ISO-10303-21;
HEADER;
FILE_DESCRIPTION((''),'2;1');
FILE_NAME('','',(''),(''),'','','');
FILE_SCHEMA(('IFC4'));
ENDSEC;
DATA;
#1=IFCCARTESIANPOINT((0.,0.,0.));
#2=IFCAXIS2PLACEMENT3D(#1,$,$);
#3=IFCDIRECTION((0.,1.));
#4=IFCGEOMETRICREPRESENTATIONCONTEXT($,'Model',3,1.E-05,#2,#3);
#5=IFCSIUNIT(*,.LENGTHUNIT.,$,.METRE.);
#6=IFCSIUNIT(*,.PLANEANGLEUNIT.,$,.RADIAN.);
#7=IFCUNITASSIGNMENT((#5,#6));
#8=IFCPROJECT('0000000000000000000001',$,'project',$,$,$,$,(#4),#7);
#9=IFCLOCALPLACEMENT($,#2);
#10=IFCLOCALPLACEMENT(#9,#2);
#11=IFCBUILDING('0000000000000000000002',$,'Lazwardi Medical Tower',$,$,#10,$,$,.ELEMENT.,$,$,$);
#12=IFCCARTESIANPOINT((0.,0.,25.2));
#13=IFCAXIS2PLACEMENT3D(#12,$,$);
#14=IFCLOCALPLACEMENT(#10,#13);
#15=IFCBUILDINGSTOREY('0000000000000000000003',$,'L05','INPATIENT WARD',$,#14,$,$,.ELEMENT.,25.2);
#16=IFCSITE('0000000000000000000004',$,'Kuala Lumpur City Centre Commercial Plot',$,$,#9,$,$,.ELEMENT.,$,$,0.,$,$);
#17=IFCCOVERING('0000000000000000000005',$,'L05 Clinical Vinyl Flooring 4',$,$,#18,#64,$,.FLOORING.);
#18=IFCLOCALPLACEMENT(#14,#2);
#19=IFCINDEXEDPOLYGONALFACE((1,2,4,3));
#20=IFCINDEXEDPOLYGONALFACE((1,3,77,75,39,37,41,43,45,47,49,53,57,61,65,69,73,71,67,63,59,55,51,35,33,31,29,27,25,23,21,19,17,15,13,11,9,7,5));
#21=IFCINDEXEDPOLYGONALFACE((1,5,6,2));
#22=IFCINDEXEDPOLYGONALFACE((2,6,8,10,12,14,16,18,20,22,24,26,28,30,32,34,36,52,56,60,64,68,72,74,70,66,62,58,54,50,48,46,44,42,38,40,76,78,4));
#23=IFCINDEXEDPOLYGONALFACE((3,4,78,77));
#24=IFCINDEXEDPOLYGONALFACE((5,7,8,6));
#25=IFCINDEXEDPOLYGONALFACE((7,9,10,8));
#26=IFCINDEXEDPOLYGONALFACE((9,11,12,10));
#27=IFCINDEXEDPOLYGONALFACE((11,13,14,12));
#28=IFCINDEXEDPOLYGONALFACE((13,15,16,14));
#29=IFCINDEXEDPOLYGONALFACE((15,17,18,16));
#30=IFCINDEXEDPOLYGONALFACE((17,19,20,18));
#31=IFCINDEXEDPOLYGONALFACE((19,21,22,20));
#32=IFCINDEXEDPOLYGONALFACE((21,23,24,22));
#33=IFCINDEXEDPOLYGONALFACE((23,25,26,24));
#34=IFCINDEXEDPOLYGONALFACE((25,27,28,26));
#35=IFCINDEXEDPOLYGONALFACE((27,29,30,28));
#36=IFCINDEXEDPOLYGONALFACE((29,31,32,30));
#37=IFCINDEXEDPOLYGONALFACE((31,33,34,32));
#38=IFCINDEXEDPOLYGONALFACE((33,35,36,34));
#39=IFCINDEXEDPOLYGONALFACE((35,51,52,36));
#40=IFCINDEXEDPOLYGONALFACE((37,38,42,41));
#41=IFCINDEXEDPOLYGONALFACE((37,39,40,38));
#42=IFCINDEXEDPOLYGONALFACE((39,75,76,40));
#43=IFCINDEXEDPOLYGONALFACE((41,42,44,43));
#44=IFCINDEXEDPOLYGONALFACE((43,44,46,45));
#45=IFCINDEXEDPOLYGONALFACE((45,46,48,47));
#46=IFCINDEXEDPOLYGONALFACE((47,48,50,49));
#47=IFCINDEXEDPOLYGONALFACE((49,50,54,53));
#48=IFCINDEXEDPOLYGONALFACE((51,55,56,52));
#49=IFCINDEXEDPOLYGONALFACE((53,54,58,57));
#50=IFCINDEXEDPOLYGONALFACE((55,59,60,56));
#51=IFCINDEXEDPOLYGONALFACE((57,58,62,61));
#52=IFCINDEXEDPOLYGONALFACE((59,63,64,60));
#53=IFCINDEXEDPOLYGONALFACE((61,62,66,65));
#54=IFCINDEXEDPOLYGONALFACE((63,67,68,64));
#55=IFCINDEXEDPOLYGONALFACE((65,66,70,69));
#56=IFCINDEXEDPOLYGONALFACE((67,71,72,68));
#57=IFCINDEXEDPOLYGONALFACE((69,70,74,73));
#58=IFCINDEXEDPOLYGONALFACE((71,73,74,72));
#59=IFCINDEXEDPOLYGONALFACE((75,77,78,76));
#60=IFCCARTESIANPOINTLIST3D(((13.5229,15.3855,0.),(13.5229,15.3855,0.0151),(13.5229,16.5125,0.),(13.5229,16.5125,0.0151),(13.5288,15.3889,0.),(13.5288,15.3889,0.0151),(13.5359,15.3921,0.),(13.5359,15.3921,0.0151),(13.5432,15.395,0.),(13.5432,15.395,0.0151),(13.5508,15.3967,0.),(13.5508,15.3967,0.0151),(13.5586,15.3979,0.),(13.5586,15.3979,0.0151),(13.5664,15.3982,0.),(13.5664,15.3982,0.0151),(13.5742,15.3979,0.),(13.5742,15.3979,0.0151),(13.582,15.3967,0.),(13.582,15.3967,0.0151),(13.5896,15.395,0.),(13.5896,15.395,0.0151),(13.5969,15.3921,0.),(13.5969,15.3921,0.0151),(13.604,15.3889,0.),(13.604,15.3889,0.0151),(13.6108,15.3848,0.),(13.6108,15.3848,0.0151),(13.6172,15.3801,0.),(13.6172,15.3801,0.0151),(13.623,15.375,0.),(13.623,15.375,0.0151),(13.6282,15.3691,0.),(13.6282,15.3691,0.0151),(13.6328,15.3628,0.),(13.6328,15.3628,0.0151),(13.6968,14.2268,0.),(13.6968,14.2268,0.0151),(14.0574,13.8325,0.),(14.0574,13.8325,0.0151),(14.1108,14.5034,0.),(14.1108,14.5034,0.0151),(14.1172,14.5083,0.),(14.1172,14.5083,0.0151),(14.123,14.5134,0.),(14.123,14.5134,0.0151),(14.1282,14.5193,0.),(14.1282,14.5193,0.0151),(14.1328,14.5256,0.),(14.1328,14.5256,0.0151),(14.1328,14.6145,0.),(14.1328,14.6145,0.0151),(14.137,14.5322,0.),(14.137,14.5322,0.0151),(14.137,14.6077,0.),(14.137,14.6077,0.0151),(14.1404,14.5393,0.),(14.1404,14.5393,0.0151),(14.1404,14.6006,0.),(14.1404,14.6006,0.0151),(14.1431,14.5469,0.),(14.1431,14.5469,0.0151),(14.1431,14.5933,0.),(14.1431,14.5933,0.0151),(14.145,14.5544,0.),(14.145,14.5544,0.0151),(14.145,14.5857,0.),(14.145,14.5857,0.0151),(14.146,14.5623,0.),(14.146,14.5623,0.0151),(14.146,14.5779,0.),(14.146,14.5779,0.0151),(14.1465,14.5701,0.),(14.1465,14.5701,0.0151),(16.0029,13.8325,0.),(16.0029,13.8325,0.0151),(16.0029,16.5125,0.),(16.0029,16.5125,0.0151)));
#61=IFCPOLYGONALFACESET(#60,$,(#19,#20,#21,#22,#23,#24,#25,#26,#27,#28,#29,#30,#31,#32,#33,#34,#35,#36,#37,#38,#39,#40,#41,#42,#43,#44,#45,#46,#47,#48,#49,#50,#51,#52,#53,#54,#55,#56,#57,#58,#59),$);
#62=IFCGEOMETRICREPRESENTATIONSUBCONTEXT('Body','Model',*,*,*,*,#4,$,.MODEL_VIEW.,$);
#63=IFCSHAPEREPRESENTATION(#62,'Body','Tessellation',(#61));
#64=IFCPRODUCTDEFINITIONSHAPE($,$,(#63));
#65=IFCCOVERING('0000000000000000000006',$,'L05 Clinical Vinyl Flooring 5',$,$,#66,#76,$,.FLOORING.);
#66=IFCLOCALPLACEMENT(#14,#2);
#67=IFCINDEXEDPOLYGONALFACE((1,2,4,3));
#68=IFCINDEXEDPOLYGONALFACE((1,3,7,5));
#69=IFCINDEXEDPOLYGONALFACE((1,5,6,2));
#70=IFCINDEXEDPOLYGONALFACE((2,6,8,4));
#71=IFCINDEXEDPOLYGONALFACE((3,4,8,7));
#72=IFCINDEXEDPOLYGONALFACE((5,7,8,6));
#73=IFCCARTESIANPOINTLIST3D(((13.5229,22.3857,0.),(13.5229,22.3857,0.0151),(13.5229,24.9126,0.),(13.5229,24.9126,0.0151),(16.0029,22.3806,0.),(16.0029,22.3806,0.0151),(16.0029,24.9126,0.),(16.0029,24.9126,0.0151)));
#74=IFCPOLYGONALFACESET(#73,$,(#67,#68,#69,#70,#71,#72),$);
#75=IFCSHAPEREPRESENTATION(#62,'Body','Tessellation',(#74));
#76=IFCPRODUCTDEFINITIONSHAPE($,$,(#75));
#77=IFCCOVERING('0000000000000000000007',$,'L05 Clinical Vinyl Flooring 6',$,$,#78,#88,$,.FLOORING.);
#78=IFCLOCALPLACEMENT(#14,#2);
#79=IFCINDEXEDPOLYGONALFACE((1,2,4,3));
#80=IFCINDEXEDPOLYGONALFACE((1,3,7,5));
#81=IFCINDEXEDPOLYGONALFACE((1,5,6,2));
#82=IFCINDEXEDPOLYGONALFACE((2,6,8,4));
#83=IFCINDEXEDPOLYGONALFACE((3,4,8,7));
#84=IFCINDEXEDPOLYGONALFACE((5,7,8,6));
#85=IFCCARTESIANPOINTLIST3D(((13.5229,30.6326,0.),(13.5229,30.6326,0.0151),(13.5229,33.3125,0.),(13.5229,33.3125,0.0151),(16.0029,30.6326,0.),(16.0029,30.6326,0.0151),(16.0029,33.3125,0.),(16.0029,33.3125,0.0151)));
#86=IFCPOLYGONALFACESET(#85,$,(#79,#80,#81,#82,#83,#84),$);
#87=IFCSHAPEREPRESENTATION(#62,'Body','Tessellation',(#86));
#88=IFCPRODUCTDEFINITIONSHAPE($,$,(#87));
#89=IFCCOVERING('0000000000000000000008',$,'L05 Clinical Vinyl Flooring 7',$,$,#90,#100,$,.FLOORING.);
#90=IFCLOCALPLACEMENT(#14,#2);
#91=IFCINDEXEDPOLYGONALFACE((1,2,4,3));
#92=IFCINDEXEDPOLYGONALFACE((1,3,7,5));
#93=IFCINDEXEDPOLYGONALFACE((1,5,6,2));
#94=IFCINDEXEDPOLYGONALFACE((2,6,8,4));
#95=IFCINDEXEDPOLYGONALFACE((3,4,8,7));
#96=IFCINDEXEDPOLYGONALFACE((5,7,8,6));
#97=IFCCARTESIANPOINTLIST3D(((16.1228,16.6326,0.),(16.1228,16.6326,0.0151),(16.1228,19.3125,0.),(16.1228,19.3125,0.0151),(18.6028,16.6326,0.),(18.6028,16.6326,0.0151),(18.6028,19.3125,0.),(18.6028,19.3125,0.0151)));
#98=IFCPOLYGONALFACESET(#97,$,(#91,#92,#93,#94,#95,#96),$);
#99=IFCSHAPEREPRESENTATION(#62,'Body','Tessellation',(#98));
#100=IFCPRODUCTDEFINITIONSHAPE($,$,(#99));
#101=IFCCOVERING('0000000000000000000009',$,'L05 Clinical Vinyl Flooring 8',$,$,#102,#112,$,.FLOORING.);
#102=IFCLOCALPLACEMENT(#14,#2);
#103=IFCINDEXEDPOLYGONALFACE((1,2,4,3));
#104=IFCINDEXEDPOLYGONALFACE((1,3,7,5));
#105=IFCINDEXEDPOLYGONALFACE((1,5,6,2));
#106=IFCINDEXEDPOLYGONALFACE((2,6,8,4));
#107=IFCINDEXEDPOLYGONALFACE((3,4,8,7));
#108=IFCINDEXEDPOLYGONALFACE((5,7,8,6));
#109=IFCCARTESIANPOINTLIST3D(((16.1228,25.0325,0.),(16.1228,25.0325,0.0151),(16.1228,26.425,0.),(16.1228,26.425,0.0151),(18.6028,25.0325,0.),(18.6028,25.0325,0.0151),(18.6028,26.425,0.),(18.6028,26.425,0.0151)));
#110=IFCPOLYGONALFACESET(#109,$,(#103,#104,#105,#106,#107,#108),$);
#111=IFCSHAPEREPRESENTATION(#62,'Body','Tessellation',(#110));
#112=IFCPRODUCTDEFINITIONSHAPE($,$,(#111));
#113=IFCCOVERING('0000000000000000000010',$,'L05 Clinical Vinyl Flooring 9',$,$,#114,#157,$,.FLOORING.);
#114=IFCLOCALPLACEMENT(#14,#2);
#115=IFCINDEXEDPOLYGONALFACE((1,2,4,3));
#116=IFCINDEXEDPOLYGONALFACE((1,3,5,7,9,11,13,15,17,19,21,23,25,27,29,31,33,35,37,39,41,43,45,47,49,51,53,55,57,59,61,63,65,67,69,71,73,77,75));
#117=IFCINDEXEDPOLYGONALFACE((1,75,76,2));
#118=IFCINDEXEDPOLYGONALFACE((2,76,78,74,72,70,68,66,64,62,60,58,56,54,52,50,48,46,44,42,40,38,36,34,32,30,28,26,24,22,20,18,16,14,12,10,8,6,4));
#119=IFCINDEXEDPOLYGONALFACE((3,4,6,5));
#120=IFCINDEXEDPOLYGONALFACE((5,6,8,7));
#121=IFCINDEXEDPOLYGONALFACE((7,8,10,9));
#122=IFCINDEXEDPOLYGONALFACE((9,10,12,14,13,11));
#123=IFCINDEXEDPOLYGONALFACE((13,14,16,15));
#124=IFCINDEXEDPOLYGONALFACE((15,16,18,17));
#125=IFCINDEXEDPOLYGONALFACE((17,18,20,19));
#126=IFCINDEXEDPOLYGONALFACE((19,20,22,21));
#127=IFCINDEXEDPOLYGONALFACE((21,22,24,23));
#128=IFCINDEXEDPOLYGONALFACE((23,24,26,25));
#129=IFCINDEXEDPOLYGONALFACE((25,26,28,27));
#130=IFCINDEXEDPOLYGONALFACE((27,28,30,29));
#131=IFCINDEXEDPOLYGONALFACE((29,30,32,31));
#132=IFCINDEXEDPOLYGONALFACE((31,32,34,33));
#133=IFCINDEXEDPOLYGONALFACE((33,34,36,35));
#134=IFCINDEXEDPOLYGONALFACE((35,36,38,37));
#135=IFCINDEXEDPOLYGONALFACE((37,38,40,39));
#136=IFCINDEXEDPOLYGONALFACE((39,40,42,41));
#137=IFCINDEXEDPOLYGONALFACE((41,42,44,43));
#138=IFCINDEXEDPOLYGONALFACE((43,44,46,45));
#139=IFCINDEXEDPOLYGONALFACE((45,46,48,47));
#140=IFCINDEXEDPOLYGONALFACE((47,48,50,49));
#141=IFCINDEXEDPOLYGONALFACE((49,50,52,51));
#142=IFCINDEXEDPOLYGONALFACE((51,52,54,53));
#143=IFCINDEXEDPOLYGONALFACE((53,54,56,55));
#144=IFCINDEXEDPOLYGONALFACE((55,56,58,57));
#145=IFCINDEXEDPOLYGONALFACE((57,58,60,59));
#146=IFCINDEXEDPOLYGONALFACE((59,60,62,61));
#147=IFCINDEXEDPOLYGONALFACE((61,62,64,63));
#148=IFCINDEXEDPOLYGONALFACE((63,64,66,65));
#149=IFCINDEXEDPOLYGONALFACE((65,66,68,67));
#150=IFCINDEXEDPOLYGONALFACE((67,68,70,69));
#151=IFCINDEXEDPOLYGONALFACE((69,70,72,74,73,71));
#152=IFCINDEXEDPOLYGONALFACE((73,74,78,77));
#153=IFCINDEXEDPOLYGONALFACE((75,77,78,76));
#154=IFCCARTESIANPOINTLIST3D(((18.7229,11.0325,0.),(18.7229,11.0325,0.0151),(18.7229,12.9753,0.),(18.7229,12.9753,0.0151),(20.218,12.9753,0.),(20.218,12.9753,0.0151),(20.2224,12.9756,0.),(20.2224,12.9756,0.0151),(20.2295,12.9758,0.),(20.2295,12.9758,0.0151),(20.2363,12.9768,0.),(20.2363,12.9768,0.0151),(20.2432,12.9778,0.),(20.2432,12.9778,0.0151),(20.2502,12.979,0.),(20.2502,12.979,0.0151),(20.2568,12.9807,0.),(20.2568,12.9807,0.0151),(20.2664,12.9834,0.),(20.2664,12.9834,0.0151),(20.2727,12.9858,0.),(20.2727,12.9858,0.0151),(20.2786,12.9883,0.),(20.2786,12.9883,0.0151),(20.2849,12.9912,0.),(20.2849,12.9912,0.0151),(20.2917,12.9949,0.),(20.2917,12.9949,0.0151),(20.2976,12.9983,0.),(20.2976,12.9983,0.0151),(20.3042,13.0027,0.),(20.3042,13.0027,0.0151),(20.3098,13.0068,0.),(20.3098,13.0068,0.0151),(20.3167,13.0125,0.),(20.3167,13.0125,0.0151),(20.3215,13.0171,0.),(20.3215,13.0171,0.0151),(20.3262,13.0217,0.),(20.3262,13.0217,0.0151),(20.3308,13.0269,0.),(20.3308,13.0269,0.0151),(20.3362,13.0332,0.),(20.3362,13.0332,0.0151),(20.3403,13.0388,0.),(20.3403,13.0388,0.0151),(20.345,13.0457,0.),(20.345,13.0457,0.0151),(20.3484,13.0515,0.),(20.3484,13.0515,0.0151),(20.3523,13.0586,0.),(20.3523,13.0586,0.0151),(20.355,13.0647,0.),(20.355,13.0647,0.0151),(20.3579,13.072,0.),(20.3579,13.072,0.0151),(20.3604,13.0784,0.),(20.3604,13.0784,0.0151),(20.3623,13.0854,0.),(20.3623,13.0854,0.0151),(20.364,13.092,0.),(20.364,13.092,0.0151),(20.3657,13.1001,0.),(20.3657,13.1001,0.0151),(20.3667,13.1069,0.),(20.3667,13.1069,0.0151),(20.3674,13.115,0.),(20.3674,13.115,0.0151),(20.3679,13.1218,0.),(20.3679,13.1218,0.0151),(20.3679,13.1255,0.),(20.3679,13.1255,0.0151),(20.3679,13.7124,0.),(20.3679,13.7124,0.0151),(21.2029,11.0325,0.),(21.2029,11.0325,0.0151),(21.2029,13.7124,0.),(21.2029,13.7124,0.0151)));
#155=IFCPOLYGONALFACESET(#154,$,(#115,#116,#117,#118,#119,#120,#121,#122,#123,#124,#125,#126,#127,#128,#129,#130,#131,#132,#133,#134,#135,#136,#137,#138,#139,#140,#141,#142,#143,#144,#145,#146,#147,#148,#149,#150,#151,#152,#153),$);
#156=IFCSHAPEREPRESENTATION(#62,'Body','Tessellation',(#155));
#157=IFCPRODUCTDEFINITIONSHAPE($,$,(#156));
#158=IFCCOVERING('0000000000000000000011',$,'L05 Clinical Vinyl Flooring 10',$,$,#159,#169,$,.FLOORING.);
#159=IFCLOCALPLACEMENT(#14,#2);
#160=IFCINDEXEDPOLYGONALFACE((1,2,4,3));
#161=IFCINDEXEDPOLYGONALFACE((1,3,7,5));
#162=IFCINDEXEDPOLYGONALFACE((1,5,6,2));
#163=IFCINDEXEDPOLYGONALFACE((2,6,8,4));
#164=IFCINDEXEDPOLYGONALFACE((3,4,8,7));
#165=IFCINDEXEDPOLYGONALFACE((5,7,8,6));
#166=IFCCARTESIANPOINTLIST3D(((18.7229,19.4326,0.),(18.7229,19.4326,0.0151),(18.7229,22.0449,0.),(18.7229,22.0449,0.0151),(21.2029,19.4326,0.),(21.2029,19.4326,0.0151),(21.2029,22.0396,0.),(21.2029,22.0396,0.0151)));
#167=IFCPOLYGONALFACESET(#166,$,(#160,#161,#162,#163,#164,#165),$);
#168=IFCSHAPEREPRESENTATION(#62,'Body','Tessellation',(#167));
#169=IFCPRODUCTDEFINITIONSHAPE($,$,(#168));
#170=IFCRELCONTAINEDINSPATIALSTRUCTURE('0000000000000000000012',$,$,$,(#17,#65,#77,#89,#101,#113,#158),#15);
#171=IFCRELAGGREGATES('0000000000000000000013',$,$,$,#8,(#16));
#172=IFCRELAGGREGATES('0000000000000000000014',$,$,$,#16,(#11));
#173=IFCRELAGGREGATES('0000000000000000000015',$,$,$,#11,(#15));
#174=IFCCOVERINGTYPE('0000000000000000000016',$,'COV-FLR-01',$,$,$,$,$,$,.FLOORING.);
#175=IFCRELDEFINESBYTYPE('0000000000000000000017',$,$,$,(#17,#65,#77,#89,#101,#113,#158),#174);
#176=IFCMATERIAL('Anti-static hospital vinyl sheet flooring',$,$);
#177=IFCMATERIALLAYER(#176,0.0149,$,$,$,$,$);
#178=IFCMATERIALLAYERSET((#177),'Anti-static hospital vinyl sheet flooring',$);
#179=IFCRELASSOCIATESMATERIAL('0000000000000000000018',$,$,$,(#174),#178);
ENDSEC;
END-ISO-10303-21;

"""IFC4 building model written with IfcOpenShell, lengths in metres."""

from ifc_helpers import new_model, si_unit, direction, frame, origin, place, context, subcontext, project, spatial, polyline, outline, extrude, material, layer, layer_set, type_object, element, save


model = new_model("IFC4")

# Units and contexts
model_context = context("Model", 3, precision=1e-05, world=origin(), true_north=direction((0.0, 1.0)))
body_context = subcontext(model_context, "Body", "Model", "MODEL_VIEW")
ifc_project = project(units=[si_unit("LENGTHUNIT", "METRE"), si_unit("PLANEANGLEUNIT", "RADIAN")], contexts=[model_context])

# Site, building, storey
site_placement = place(None, origin())
site = spatial("IfcSite", under=ifc_project, at=site_placement, Name="Kuala Lumpur City Centre Commercial Plot", CompositionType="ELEMENT", RefElevation=0.0)
building_placement = place(site_placement, origin())
building = spatial("IfcBuilding", under=site, at=building_placement, Name="Lazwardi Medical Tower", CompositionType="ELEMENT")
storey_placement = place(building_placement, frame((0.0, 0.0, 25.2)))
storey = spatial("IfcBuildingStorey", under=building, at=storey_placement, Name="L05", Description="INPATIENT WARD", CompositionType="ELEMENT", Elevation=25.2)

# Coverings
ifc_material_1 = material(Name="Anti-static hospital vinyl sheet flooring")
ifc_layer_1 = layer(ifc_material_1, 0.0149)
ifc_layer_set_1 = layer_set([ifc_layer_1], Name="Anti-static hospital vinyl sheet flooring")
covering_type_1 = type_object("IfcCoveringType", Name="COV-FLR-01", PredefinedType="FLOORING", material=ifc_layer_set_1)
covering_1_placement = place(storey_placement, origin())
element("IfcCovering", 1, at=covering_1_placement, inside=storey, type_object=covering_type_1, Name="L05 Clinical Vinyl Flooring 4", PredefinedType="FLOORING", context=body_context, shape_type="SweptSolid", body=[
    extrude(outline(polyline([(13.5229, 15.3855), (13.5288, 15.3889), (13.5359, 15.3921), (13.5432, 15.395), (13.5508, 15.3967), (13.5586, 15.3979), (13.5664, 15.3982), (13.5742, 15.3979), (13.582, 15.3967), (13.5896, 15.395), (13.5969, 15.3921), (13.604, 15.3889), (13.6108, 15.3848), (13.6172, 15.3801), (13.623, 15.375), (13.6282, 15.3691), (13.6328, 15.3628), (14.1328, 14.6145), (14.137, 14.6077), (14.1404, 14.6006), (14.1431, 14.5933), (14.145, 14.5857), (14.146, 14.5779), (14.1465, 14.5701), (14.146, 14.5623), (14.145, 14.5544), (14.1431, 14.5469), (14.1404, 14.5393), (14.137, 14.5322), (14.1328, 14.5256), (14.1282, 14.5193), (14.123, 14.5134), (14.1172, 14.5083), (14.1108, 14.5034), (13.6968, 14.2268), (14.0574, 13.8325), (16.0029, 13.8325), (16.0029, 16.5125), (13.5229, 16.5125), (13.5229, 15.3855)])), origin(), (0.0, 0.0, 1.0), 0.0151),
])
covering_2_placement = place(storey_placement, origin())
element("IfcCovering", 2, at=covering_2_placement, inside=storey, type_object=covering_type_1, Name="L05 Clinical Vinyl Flooring 5", PredefinedType="FLOORING", context=body_context, shape_type="SweptSolid", body=[
    extrude(outline(polyline([(13.5229, 22.3857), (16.0029, 22.3806), (16.0029, 24.9126), (13.5229, 24.9126), (13.5229, 22.3857)])), origin(), (0.0, 0.0, 1.0), 0.0151),
])
covering_3_placement = place(storey_placement, origin())
element("IfcCovering", 3, at=covering_3_placement, inside=storey, type_object=covering_type_1, Name="L05 Clinical Vinyl Flooring 6", PredefinedType="FLOORING", context=body_context, shape_type="SweptSolid", body=[
    extrude(outline(polyline([(16.0029, 30.6326), (16.0029, 33.3125), (13.5229, 33.3125), (13.5229, 30.6326), (16.0029, 30.6326)])), origin(), (0.0, 0.0, 1.0), 0.0151),
])
covering_4_placement = place(storey_placement, origin())
element("IfcCovering", 4, at=covering_4_placement, inside=storey, type_object=covering_type_1, Name="L05 Clinical Vinyl Flooring 7", PredefinedType="FLOORING", context=body_context, shape_type="SweptSolid", body=[
    extrude(outline(polyline([(18.6028, 16.6326), (18.6028, 19.3125), (16.1228, 19.3125), (16.1228, 16.6326), (18.6028, 16.6326)])), origin(), (0.0, 0.0, 1.0), 0.0151),
])
covering_5_placement = place(storey_placement, origin())
element("IfcCovering", 5, at=covering_5_placement, inside=storey, type_object=covering_type_1, Name="L05 Clinical Vinyl Flooring 8", PredefinedType="FLOORING", context=body_context, shape_type="SweptSolid", body=[
    extrude(outline(polyline([(18.6028, 26.425), (16.1228, 26.425), (16.1228, 25.0325), (18.6028, 25.0325), (18.6028, 26.425)])), origin(), (0.0, 0.0, 1.0), 0.0151),
])
covering_6_placement = place(storey_placement, origin())
element("IfcCovering", 6, at=covering_6_placement, inside=storey, type_object=covering_type_1, Name="L05 Clinical Vinyl Flooring 9", PredefinedType="FLOORING", context=body_context, shape_type="SweptSolid", body=[
    extrude(outline(polyline([(20.3679, 13.7124), (20.3679, 13.1255), (20.3679, 13.1218), (20.3674, 13.115), (20.3667, 13.1069), (20.3657, 13.1001), (20.364, 13.092), (20.3623, 13.0854), (20.3604, 13.0784), (20.3579, 13.072), (20.355, 13.0647), (20.3523, 13.0586), (20.3484, 13.0515), (20.345, 13.0457), (20.3403, 13.0388), (20.3362, 13.0332), (20.3308, 13.0269), (20.3262, 13.0217), (20.3215, 13.0171), (20.3167, 13.0125), (20.3098, 13.0068), (20.3042, 13.0027), (20.2976, 12.9983), (20.2917, 12.9949), (20.2849, 12.9912), (20.2786, 12.9883), (20.2727, 12.9858), (20.2664, 12.9834), (20.2568, 12.9807), (20.2502, 12.979), (20.2432, 12.9778), (20.2363, 12.9768), (20.2295, 12.9758), (20.2224, 12.9756), (20.218, 12.9753), (18.7229, 12.9753), (18.7229, 11.0325), (21.2029, 11.0325), (21.2029, 13.7124), (20.3679, 13.7124)])), origin(), (0.0, 0.0, 1.0), 0.0151),
])
covering_7_placement = place(storey_placement, origin())
element("IfcCovering", 7, at=covering_7_placement, inside=storey, type_object=covering_type_1, Name="L05 Clinical Vinyl Flooring 10", PredefinedType="FLOORING", context=body_context, shape_type="SweptSolid", body=[
    extrude(outline(polyline([(21.2029, 22.0396), (18.7229, 22.0449), (18.7229, 19.4326), (21.2029, 19.4326), (21.2029, 22.0396)])), origin(), (0.0, 0.0, 1.0), 0.0151),
])

save(model, "model.ifc")
